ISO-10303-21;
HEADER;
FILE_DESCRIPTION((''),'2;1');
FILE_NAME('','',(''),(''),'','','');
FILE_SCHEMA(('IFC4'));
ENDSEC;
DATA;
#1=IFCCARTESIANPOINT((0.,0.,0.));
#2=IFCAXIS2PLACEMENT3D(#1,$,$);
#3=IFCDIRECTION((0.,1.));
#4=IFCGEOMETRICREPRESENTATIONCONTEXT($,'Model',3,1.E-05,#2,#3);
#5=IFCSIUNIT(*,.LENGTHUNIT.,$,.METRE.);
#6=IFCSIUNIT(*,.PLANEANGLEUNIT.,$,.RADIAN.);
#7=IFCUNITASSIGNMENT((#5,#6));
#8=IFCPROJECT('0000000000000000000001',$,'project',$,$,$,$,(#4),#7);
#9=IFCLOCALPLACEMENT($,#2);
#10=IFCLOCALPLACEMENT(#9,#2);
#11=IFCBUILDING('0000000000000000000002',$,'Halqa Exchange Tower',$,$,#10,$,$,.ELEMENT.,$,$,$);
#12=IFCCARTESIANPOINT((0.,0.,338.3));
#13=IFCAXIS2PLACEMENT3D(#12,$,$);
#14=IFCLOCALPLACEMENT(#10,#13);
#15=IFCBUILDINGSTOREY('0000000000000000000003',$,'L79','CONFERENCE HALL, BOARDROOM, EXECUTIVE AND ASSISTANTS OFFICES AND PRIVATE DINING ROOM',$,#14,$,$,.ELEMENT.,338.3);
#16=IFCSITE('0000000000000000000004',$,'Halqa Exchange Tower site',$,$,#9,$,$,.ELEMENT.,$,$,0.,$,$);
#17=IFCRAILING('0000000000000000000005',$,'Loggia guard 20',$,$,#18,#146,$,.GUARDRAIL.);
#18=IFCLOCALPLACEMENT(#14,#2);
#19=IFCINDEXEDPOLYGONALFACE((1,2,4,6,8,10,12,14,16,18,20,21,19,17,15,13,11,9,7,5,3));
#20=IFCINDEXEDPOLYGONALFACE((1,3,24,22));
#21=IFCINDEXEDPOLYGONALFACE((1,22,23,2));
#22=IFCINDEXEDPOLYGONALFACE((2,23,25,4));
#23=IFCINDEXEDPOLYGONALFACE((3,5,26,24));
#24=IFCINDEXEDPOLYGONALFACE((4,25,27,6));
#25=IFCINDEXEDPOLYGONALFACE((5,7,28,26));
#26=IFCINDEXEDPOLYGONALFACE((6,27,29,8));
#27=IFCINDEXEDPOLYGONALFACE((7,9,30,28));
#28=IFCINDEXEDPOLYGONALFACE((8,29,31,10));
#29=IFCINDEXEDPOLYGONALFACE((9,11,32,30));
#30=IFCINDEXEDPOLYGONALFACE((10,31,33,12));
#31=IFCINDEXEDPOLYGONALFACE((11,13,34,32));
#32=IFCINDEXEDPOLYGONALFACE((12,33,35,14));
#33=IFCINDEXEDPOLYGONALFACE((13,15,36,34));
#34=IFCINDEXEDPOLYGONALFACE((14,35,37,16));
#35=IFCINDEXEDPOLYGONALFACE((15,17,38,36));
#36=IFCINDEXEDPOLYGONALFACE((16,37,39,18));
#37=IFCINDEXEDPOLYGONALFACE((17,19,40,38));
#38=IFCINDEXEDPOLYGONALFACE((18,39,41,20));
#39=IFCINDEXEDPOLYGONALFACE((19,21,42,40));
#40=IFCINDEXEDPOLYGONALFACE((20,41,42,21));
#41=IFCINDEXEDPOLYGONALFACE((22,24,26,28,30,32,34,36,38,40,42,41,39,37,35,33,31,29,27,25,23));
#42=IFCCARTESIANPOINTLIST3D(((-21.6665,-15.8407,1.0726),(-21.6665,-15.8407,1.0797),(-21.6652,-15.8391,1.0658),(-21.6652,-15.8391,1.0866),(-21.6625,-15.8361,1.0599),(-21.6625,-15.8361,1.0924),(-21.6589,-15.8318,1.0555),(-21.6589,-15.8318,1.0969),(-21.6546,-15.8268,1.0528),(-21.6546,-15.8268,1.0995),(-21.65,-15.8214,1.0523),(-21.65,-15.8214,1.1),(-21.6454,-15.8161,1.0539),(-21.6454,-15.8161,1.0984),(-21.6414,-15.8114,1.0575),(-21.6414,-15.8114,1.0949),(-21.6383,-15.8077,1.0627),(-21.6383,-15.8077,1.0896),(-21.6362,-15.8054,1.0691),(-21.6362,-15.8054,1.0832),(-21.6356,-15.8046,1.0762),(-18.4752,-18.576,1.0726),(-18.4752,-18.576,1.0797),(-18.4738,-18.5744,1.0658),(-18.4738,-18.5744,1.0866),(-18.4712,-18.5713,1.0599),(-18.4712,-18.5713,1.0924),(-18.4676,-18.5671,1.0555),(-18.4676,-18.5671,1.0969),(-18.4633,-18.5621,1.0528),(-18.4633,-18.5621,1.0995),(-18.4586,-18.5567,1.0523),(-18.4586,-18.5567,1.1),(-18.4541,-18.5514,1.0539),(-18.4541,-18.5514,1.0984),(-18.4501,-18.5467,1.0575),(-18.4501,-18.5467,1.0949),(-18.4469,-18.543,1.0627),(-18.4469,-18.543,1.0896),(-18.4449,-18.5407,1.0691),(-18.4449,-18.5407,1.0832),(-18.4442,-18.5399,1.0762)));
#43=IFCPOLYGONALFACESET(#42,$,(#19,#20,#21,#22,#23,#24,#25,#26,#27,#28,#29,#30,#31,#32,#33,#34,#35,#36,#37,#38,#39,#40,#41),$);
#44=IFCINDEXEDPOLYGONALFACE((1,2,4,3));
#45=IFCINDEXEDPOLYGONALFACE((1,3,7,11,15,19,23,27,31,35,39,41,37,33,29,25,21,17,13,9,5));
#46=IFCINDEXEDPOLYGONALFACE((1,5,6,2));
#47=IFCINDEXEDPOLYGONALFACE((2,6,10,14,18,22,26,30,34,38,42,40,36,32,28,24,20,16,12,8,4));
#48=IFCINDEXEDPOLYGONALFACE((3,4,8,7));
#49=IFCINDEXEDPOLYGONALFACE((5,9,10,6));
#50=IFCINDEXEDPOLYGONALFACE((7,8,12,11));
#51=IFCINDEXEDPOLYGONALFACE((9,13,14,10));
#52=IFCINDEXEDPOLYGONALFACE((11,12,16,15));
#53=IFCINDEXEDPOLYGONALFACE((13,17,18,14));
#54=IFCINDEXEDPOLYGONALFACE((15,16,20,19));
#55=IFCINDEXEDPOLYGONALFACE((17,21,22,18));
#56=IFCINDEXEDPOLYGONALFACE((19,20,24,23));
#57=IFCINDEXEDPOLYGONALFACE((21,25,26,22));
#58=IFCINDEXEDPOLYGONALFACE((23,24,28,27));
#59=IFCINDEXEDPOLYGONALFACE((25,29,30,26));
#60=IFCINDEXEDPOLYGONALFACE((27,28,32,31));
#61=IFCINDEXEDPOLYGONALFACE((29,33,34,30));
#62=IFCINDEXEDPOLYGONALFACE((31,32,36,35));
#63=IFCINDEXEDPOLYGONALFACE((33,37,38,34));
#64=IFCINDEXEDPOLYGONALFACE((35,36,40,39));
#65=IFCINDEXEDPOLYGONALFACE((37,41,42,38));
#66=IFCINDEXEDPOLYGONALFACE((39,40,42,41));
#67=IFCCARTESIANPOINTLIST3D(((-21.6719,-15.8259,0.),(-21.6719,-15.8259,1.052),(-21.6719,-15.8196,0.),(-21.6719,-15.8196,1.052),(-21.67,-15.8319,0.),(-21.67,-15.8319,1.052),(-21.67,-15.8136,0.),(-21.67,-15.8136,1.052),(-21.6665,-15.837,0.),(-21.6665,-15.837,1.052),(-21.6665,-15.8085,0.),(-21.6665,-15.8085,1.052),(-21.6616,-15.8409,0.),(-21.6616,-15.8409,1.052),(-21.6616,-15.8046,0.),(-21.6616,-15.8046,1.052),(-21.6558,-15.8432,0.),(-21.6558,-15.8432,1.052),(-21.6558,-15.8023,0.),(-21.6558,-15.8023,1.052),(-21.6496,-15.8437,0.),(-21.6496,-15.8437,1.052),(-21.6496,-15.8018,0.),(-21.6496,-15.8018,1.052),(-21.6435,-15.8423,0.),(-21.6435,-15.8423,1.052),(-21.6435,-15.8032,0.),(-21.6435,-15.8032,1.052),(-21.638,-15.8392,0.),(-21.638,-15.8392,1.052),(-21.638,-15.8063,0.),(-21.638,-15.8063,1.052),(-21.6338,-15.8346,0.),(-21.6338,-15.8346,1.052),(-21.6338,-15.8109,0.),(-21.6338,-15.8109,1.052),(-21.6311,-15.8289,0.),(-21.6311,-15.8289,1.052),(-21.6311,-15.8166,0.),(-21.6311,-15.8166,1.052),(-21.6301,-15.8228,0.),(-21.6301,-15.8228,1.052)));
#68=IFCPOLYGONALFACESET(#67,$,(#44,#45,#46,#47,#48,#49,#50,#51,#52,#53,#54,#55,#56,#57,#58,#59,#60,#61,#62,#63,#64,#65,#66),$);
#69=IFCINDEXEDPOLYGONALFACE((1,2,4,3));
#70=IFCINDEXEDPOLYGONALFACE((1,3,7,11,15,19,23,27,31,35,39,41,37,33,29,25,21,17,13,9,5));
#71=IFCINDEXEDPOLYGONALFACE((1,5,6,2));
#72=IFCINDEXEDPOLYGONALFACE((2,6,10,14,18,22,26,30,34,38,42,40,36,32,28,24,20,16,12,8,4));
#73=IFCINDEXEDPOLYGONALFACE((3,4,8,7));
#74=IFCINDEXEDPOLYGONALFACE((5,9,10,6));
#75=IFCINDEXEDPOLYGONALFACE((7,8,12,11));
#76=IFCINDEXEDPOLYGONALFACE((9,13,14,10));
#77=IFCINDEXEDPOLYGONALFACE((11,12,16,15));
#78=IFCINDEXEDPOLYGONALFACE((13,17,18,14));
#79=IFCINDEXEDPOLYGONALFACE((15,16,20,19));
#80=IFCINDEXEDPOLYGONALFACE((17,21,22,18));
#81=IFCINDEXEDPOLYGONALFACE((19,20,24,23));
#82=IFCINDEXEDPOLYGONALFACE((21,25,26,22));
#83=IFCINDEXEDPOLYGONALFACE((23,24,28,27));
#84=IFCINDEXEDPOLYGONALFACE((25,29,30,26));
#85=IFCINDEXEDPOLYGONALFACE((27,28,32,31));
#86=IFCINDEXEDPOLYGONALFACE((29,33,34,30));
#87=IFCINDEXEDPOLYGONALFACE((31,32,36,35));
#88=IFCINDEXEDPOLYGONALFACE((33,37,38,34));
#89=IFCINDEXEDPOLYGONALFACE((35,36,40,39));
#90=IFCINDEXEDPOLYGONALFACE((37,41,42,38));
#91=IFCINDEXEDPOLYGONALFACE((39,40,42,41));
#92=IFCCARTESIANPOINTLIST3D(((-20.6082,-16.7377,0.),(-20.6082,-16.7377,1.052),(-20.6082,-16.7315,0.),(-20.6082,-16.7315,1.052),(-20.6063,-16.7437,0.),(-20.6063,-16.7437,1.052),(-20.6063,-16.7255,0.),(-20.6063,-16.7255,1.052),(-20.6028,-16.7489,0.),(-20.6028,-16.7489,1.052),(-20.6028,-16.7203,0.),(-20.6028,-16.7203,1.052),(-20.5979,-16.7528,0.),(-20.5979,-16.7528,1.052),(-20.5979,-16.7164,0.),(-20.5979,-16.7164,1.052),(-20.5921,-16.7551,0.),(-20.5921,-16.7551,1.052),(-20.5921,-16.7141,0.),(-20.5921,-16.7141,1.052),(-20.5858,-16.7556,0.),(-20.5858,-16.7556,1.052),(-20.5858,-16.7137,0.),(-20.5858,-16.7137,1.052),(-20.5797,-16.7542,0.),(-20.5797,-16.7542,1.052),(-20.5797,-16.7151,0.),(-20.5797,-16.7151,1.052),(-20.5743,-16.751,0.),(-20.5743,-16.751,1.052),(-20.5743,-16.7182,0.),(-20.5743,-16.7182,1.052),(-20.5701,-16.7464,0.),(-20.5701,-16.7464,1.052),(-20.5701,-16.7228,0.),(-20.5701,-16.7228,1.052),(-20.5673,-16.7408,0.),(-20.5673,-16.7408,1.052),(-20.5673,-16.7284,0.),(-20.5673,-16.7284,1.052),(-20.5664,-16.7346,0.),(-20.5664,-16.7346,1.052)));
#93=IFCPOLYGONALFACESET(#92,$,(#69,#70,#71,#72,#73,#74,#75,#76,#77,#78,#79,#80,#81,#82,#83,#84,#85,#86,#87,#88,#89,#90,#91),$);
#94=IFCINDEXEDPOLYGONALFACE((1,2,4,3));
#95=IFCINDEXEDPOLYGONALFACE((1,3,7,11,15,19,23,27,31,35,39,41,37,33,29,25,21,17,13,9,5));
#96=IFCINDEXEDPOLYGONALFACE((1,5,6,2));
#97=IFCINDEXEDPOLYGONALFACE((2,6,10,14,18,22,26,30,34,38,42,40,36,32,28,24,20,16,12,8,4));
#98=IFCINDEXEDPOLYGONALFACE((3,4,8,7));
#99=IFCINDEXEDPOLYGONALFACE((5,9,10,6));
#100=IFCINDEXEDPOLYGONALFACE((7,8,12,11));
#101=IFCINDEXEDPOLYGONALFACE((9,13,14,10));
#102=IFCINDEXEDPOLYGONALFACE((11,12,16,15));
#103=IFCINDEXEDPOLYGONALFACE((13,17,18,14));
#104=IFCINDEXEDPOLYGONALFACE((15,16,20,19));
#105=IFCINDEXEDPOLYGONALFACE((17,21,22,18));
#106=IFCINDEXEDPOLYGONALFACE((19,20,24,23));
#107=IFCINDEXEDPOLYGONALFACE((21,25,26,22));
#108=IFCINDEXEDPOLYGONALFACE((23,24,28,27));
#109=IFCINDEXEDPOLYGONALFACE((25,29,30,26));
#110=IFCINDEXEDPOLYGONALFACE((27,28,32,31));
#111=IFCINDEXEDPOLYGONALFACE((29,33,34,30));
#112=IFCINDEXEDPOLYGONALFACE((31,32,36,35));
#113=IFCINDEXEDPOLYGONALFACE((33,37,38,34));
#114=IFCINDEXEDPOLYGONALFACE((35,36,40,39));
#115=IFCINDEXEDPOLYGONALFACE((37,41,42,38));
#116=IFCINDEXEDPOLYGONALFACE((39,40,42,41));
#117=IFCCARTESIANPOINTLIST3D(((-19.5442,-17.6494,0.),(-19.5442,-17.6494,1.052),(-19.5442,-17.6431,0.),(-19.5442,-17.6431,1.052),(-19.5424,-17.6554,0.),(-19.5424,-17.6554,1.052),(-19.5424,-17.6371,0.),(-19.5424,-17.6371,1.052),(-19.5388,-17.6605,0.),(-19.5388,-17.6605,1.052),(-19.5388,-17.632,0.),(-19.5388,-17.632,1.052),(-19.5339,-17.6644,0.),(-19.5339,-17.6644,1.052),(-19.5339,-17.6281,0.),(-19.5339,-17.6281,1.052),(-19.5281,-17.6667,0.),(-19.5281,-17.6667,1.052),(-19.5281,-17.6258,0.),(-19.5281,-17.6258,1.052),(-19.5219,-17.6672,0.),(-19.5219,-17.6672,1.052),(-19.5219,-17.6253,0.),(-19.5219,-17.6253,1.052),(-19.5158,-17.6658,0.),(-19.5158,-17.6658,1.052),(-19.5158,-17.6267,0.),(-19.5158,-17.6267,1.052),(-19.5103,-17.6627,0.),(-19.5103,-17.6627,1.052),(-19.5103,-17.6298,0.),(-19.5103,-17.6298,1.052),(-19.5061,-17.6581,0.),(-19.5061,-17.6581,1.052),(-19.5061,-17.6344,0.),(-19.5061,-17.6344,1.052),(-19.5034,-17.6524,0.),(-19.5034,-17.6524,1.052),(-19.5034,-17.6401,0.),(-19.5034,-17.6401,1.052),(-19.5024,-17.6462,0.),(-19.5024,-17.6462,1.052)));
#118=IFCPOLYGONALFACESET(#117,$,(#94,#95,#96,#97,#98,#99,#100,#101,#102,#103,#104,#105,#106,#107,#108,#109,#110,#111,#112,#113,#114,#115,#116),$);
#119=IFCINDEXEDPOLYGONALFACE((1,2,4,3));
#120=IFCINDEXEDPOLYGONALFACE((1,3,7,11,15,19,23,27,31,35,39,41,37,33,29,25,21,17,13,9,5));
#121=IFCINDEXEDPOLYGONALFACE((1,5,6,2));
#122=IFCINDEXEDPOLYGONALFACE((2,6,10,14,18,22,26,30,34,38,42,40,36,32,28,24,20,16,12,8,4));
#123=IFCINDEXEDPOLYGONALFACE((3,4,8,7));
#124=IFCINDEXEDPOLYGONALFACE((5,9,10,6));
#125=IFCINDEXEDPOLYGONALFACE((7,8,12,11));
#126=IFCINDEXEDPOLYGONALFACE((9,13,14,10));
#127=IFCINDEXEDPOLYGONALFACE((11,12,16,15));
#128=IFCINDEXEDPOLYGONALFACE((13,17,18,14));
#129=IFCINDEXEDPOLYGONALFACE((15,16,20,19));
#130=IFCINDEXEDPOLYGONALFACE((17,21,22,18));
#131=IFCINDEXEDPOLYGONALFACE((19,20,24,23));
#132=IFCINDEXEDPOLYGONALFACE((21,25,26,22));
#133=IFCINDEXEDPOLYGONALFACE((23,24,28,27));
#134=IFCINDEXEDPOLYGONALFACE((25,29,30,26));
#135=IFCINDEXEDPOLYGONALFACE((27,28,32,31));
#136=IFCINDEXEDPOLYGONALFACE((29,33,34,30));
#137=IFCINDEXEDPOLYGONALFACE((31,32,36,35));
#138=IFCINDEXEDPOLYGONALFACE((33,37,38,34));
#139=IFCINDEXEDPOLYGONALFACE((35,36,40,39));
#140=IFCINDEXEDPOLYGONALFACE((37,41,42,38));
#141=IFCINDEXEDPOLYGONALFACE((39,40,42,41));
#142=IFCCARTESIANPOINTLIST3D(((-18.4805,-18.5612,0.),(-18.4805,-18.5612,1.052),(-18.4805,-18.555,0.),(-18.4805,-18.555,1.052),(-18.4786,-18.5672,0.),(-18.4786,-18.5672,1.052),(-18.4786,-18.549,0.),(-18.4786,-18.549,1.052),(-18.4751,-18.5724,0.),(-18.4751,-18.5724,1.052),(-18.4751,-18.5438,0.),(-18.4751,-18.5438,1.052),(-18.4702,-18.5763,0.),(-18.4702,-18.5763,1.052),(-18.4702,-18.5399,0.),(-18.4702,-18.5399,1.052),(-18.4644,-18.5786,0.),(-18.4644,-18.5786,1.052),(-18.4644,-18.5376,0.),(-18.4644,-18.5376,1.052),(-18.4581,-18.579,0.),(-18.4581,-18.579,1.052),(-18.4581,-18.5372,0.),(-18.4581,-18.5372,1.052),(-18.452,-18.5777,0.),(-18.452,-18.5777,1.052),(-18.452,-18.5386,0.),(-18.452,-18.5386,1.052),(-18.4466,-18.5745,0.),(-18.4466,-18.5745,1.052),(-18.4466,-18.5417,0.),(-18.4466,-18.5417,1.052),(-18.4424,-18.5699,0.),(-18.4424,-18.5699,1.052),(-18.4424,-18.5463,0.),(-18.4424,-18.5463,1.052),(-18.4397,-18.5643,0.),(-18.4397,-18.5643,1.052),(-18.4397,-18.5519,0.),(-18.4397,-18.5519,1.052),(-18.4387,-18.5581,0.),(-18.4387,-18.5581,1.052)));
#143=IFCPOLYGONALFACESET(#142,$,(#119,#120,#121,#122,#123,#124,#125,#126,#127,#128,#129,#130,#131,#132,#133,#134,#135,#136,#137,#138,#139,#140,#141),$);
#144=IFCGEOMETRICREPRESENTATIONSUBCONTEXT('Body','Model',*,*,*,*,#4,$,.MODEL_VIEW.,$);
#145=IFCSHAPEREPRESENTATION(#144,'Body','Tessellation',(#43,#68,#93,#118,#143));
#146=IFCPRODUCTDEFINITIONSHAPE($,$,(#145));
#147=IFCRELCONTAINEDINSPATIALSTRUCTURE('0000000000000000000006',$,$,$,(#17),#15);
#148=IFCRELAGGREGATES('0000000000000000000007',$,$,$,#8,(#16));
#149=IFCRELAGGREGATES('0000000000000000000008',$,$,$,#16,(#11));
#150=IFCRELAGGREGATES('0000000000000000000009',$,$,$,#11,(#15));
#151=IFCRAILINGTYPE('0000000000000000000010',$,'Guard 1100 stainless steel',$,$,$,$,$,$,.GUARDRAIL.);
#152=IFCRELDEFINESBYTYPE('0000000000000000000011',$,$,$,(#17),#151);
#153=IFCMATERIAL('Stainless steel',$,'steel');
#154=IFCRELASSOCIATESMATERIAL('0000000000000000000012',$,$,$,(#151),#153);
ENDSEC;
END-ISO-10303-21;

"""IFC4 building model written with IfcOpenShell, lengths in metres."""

from ifc_helpers import new_model, si_unit, direction, frame, origin, origin_2d, place, context, subcontext, project, spatial, circle, extrude, material, type_object, element, save


model = new_model("IFC4")

# Units and contexts
model_context = context("Model", 3, precision=1e-05, world=origin(), true_north=direction((0.0, 1.0)))
body_context = subcontext(model_context, "Body", "Model", "MODEL_VIEW")
ifc_project = project(units=[si_unit("LENGTHUNIT", "METRE"), si_unit("PLANEANGLEUNIT", "RADIAN")], contexts=[model_context])

# Site, building, storey
site_placement = place(None, origin())
site = spatial("IfcSite", under=ifc_project, at=site_placement, Name="Halqa Exchange Tower site", CompositionType="ELEMENT", RefElevation=0.0)
building_placement = place(site_placement, origin())
building = spatial("IfcBuilding", under=site, at=building_placement, Name="Halqa Exchange Tower", CompositionType="ELEMENT")
storey_placement = place(building_placement, frame((0.0, 0.0, 338.3)))
storey = spatial("IfcBuildingStorey", under=building, at=storey_placement, Name="L79", Description="CONFERENCE HALL, BOARDROOM, EXECUTIVE AND ASSISTANTS OFFICES AND PRIVATE DINING ROOM", CompositionType="ELEMENT", Elevation=338.3)

# Railing
ifc_material_1 = material(Name="Stainless steel", Category="steel")
railing_type = type_object("IfcRailingType", Name="Guard 1100 stainless steel", PredefinedType="GUARDRAIL", material=ifc_material_1)
railing_1_placement = place(storey_placement, frame((-21.6511, -15.8228, 0.0)))
element("IfcRailing", 1, at=railing_1_placement, inside=storey, type_object=railing_type, Name="Loggia guard 20", PredefinedType="GUARDRAIL", context=body_context, shape_type="SweptSolid", body=[
    extrude(circle(Radius=0.0239, at=origin_2d()), frame((0.0, 0.0, 1.0762), z_axis=(0.759273, -0.650772, 0.0), x_axis=(0.650772, 0.759273, 0.0)), (0.0, 0.0, 1.0), 4.2031),
    extrude(circle(Radius=0.021, at=origin_2d()), origin(), (0.0, 0.0, 1.0), 1.052),
    extrude(circle(Radius=0.021, at=origin_2d()), frame((1.0637, -0.9119, 0.0)), (0.0, 0.0, 1.0), 1.052),
    extrude(circle(Radius=0.021, at=origin_2d()), frame((2.1277, -1.8235, 0.0)), (0.0, 0.0, 1.0), 1.052),
    extrude(circle(Radius=0.021, at=origin_2d()), frame((3.1914, -2.7354, 0.0)), (0.0, 0.0, 1.0), 1.052),
])

save(model, "model.ifc")
